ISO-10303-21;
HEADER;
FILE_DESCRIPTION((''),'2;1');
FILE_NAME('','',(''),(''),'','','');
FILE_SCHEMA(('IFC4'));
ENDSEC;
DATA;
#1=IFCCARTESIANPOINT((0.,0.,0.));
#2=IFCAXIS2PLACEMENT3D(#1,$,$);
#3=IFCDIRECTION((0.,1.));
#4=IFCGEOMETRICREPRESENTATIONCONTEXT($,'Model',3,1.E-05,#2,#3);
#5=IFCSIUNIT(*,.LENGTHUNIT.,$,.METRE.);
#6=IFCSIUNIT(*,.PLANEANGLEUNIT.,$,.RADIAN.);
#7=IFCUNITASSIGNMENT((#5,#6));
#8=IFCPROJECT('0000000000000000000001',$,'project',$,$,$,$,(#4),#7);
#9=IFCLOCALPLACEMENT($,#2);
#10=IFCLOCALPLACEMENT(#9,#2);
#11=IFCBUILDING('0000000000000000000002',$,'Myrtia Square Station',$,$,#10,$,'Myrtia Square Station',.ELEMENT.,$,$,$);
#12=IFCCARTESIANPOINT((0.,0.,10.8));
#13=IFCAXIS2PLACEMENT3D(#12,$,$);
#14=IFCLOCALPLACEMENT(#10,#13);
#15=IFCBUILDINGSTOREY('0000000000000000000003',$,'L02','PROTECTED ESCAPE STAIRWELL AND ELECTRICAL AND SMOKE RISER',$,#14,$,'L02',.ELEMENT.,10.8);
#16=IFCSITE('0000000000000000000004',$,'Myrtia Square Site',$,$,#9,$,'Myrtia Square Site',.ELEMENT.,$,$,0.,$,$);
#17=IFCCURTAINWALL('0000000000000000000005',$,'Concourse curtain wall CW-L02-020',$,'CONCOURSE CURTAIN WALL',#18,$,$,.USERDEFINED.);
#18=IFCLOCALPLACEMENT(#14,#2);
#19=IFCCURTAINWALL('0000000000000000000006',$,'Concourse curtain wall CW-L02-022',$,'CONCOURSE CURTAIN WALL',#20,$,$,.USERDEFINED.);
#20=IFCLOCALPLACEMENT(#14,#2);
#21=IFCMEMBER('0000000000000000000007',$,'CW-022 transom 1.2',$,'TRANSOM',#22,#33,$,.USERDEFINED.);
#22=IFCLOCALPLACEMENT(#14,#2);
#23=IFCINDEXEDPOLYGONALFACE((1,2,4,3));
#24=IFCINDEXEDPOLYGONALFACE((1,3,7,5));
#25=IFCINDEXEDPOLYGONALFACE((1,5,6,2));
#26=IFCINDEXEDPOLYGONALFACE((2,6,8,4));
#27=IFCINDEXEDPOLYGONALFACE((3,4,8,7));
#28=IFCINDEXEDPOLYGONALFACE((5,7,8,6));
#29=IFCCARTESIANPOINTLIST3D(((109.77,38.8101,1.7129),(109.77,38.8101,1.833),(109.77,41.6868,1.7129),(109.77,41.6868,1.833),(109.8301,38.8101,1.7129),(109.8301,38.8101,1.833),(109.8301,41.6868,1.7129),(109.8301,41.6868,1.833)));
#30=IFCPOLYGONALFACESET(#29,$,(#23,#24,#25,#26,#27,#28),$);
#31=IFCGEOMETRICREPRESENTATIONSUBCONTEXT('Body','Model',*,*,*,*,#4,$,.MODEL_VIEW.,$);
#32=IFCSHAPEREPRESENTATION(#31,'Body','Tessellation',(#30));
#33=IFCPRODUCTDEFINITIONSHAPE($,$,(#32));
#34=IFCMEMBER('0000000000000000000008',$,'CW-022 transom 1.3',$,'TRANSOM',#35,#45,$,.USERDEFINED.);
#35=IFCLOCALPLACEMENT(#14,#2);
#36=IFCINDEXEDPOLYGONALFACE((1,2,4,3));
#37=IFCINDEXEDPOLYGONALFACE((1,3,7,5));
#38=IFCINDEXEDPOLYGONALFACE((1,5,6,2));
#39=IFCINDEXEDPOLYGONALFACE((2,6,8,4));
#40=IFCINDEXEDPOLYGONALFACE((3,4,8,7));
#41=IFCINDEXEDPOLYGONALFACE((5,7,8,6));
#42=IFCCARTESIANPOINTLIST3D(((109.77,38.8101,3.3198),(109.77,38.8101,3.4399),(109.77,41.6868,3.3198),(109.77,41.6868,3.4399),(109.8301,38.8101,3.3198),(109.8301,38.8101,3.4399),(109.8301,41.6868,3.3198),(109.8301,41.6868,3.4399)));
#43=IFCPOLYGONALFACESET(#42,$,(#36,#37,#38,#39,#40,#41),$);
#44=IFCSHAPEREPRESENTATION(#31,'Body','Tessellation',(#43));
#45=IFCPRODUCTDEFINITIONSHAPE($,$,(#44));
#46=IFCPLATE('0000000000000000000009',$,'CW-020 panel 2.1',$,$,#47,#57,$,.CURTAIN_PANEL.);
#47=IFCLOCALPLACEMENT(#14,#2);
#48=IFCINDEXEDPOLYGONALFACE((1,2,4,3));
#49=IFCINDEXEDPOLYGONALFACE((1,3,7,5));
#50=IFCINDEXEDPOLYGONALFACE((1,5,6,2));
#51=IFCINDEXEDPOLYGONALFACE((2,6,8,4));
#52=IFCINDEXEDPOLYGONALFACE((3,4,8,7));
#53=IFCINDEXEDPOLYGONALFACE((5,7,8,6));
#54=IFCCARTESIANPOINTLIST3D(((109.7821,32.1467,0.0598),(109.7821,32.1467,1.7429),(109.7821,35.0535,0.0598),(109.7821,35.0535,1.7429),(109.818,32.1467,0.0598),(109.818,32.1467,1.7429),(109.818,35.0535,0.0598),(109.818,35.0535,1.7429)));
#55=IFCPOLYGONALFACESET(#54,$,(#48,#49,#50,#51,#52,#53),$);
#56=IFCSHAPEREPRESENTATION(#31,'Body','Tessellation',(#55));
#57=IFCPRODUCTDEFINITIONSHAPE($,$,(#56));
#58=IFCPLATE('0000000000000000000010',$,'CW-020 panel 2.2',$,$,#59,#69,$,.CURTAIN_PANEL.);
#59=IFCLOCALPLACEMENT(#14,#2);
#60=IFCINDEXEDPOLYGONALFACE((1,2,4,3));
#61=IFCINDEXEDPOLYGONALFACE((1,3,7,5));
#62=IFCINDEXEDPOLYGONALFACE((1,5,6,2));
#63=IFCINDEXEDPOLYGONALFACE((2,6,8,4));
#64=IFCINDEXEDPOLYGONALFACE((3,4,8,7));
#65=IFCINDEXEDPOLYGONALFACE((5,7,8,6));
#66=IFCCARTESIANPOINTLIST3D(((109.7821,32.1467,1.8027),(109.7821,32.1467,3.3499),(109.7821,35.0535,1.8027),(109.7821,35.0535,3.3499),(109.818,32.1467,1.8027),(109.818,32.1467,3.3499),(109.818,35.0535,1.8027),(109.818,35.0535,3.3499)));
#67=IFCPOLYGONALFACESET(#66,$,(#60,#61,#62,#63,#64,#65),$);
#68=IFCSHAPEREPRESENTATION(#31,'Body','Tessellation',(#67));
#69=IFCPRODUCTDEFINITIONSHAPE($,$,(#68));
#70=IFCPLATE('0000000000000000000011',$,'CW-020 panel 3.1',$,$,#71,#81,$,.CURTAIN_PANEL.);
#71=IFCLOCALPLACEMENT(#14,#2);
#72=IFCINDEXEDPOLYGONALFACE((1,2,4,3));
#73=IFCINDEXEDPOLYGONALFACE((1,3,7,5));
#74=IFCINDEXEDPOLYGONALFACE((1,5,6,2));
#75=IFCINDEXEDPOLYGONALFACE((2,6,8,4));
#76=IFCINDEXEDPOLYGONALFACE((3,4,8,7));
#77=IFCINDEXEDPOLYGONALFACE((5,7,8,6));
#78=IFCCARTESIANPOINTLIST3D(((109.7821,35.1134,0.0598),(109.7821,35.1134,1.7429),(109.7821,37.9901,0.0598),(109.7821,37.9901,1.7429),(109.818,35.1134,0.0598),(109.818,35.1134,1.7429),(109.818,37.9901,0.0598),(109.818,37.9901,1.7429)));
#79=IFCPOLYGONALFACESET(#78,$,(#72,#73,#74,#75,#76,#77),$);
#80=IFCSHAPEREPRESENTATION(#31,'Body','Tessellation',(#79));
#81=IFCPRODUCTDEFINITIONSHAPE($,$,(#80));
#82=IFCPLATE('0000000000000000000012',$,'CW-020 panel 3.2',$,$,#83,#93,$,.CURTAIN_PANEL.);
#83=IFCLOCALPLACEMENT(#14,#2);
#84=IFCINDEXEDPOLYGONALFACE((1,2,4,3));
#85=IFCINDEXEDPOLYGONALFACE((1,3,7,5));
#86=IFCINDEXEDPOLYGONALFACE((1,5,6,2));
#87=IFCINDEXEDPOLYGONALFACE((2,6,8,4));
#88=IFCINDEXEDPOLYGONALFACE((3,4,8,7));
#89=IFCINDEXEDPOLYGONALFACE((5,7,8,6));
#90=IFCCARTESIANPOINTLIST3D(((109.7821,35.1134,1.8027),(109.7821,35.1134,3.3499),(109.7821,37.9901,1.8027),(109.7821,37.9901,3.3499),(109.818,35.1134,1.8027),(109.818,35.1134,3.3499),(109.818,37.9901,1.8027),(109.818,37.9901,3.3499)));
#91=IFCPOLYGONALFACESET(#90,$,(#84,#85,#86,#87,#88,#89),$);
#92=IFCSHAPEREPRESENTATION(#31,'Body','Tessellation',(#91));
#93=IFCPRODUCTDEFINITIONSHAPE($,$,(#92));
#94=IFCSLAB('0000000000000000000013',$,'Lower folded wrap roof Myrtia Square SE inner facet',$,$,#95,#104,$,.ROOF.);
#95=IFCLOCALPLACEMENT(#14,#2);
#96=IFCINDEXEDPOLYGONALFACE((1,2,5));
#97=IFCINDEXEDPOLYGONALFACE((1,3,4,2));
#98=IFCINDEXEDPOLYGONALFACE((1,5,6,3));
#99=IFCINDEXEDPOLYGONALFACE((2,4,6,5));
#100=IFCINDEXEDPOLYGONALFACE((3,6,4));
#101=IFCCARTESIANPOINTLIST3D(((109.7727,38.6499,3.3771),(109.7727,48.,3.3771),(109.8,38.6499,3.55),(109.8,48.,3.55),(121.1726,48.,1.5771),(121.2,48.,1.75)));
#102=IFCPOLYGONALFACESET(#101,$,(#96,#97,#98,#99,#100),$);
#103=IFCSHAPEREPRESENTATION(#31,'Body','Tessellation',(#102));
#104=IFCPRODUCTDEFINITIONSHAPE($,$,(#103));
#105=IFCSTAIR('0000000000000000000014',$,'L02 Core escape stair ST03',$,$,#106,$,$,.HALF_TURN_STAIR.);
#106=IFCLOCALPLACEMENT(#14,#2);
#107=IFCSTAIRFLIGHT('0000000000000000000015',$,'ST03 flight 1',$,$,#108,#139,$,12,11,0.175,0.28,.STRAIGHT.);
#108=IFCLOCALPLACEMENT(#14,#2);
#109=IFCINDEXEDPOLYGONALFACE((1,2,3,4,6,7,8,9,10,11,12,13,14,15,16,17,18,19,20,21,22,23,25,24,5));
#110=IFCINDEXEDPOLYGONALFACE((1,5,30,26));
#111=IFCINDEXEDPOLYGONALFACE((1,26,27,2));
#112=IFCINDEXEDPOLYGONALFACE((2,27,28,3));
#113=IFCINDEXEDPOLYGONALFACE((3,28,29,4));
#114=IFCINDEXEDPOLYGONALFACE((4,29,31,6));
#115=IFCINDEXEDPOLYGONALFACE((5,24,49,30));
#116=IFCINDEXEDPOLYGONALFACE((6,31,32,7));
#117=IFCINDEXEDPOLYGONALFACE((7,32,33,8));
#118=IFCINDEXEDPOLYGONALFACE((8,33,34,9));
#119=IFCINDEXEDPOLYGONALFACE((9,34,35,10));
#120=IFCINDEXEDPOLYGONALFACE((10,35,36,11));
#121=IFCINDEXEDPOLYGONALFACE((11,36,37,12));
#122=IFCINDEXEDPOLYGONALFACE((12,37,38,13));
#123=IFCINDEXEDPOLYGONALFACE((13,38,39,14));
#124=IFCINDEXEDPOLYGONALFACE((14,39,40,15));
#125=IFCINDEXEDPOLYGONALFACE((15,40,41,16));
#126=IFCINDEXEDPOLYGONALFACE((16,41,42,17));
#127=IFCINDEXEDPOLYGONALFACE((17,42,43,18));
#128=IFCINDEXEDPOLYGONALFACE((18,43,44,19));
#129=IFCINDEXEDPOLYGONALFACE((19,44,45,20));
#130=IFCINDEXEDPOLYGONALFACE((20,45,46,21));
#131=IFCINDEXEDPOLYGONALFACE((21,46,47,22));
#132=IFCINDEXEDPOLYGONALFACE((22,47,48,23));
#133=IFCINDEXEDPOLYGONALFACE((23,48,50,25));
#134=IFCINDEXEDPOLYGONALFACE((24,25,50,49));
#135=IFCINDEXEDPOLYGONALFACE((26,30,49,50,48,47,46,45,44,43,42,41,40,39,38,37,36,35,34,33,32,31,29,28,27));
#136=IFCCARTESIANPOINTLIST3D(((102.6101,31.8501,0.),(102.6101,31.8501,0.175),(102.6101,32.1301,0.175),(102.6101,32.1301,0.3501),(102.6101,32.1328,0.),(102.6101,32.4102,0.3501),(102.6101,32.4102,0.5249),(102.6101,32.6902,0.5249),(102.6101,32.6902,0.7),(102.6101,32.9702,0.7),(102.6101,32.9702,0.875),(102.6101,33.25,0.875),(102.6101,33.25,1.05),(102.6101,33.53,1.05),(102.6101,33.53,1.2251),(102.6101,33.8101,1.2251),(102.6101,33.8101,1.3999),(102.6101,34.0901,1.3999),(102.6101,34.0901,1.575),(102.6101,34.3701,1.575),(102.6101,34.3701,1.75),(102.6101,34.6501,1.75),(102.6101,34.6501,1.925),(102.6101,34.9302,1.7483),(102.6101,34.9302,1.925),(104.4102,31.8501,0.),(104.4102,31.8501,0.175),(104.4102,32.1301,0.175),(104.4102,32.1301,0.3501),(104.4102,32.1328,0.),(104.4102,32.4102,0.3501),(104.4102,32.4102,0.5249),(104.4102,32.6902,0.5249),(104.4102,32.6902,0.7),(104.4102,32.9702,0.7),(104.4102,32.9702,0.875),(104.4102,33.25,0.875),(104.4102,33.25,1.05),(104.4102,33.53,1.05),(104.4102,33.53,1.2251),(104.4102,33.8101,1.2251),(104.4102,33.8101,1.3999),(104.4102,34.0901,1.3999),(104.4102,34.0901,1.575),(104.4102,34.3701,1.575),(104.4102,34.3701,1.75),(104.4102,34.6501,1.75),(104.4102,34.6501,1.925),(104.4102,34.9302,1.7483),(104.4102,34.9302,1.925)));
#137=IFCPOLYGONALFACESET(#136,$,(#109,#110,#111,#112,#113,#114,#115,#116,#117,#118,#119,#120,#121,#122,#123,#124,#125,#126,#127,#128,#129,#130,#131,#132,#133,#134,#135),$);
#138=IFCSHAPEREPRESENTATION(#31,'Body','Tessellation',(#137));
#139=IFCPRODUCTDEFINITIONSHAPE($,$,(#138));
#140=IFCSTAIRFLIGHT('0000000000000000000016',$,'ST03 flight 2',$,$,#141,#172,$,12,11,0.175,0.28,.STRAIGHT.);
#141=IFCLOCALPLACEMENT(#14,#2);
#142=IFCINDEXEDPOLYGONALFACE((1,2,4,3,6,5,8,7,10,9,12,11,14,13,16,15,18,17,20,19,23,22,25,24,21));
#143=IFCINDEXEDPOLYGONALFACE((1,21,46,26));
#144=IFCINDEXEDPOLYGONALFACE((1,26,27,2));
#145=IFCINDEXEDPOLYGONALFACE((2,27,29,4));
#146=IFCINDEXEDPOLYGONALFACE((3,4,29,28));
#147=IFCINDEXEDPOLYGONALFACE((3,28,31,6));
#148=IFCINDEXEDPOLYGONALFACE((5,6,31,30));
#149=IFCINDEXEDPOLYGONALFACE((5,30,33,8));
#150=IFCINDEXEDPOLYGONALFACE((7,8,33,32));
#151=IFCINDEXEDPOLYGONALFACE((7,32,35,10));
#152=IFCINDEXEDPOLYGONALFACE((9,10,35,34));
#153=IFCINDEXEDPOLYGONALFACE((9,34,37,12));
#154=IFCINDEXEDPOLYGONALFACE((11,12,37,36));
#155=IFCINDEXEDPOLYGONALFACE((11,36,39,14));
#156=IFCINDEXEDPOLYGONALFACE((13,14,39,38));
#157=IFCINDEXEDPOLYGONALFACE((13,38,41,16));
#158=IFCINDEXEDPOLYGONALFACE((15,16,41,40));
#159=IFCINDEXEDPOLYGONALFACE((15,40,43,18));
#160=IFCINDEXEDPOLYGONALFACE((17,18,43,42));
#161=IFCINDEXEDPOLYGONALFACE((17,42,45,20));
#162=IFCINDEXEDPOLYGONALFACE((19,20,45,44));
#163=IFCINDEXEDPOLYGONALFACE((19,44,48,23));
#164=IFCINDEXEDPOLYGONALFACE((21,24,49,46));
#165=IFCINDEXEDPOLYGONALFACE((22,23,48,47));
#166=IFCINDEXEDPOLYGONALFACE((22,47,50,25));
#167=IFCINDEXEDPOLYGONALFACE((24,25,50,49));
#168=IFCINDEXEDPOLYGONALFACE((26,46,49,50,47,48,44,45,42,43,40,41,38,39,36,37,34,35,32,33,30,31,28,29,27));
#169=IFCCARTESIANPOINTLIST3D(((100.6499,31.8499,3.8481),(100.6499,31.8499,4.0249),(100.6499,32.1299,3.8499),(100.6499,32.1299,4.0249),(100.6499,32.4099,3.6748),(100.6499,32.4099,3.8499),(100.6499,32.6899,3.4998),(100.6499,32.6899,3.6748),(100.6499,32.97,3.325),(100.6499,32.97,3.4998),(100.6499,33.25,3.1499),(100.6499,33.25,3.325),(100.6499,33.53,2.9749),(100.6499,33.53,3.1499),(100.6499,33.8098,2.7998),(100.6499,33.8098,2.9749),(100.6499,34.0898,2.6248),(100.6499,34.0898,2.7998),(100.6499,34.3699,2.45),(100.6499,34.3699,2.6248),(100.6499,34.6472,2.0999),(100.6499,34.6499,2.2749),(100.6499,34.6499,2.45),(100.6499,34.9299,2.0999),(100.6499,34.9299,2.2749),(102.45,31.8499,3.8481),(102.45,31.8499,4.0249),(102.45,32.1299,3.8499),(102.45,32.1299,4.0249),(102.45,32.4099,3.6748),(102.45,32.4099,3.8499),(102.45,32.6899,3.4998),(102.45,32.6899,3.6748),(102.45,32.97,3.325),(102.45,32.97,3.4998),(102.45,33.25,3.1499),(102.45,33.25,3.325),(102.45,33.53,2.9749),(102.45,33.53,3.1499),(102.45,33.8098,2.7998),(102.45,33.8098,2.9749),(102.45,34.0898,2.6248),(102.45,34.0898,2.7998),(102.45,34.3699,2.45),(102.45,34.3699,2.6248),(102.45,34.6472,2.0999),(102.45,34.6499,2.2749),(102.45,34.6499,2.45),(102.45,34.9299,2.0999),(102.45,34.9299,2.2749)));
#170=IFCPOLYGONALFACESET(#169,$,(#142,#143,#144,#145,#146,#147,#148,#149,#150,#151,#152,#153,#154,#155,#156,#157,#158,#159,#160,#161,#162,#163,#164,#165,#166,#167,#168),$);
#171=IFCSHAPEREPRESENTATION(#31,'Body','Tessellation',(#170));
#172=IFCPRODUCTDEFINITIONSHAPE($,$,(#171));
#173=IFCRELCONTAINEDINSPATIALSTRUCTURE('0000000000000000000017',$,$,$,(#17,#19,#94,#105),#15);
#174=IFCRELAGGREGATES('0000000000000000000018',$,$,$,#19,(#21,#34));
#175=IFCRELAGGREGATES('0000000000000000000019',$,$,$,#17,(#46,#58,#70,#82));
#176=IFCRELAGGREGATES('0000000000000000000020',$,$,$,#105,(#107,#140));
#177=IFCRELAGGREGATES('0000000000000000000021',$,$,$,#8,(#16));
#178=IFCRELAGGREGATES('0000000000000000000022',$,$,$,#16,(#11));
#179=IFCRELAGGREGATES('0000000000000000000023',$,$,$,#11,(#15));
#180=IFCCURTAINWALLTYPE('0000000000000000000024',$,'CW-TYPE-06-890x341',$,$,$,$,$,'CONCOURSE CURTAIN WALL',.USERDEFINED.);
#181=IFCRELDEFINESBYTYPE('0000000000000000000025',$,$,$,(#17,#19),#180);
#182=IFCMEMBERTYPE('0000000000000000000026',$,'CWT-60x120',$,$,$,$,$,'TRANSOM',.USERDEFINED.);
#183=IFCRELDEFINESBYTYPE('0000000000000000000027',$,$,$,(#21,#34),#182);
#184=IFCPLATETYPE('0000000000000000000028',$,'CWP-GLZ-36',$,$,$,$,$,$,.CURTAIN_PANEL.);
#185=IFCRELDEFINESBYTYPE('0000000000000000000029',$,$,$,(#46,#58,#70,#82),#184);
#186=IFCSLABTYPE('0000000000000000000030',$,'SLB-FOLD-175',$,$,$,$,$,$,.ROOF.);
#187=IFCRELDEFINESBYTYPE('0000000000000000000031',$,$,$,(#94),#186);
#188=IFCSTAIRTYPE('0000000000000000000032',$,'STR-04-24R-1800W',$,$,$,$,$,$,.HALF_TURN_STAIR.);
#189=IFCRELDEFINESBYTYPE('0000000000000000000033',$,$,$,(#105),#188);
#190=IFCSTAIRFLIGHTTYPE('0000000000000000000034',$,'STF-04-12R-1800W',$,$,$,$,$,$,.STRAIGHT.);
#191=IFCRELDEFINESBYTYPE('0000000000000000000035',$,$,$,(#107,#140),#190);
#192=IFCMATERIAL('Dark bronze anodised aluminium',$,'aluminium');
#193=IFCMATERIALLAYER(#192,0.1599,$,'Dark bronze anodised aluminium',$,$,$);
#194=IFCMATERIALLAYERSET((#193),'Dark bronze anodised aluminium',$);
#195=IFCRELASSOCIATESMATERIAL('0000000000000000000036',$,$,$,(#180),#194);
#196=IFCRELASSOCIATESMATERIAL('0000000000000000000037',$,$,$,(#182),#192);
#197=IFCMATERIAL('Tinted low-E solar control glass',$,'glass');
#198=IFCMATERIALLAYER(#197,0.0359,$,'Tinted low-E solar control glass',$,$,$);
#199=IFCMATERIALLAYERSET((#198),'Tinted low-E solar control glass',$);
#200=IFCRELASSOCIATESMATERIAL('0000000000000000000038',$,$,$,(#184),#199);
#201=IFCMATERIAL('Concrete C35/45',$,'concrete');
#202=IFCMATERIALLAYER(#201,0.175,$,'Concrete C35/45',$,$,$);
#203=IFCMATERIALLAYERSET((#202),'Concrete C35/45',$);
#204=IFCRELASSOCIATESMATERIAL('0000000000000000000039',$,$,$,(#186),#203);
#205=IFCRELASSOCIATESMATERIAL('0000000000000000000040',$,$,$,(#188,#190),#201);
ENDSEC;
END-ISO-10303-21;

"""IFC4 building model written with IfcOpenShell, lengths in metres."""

from ifc_helpers import new_model, si_unit, direction, frame, origin, origin_2d, place, context, subcontext, project, spatial, polyline, rectangle, outline, extrude, material, layer, layer_set, material_profile, profile_set, type_object, element, aggregate, save


model = new_model("IFC4")

# Units and contexts
model_context = context("Model", 3, precision=1e-05, world=origin(), true_north=direction((0.0, 1.0)))
body_context = subcontext(model_context, "Body", "Model", "MODEL_VIEW")
ifc_project = project(units=[si_unit("LENGTHUNIT", "METRE"), si_unit("PLANEANGLEUNIT", "RADIAN")], contexts=[model_context])

# Site, building, storey
site_placement = place(None, origin())
site = spatial("IfcSite", under=ifc_project, at=site_placement, Name="Myrtia Square Site", LongName="Myrtia Square Site", CompositionType="ELEMENT", RefElevation=0.0)
building_placement = place(site_placement, origin())
building = spatial("IfcBuilding", under=site, at=building_placement, Name="Myrtia Square Station", LongName="Myrtia Square Station", CompositionType="ELEMENT")
storey_placement = place(building_placement, frame((0.0, 0.0, 10.8)))
storey = spatial("IfcBuildingStorey", under=building, at=storey_placement, Name="L02", Description="PROTECTED ESCAPE STAIRWELL AND ELECTRICAL AND SMOKE RISER", LongName="L02", CompositionType="ELEMENT", Elevation=10.8)

# Curtain wall
ifc_material_1 = material(Name="Dark bronze anodised aluminium", Category="aluminium")
ifc_layer_1 = layer(ifc_material_1, 0.1599, Name="Dark bronze anodised aluminium")
ifc_layer_set_1 = layer_set([ifc_layer_1], Name="Dark bronze anodised aluminium")
curtain_wall_type = type_object("IfcCurtainWallType", Name="CW-TYPE-06-890x341", ElementType="CONCOURSE CURTAIN WALL", PredefinedType="USERDEFINED", material=ifc_layer_set_1)
curtain_wall_1_placement = place(storey_placement, origin())
curtain_wall_1 = element("IfcCurtainWall", 1, at=curtain_wall_1_placement, inside=storey, type_object=curtain_wall_type, Name="Concourse curtain wall CW-L02-020", ObjectType="CONCOURSE CURTAIN WALL", PredefinedType="USERDEFINED")

# Curtain wall
curtain_wall_2_placement = place(storey_placement, origin())
curtain_wall_2 = element("IfcCurtainWall", 2, at=curtain_wall_2_placement, inside=storey, type_object=curtain_wall_type, Name="Concourse curtain wall CW-L02-022", ObjectType="CONCOURSE CURTAIN WALL", PredefinedType="USERDEFINED")

# Members
ifc_material_profile_1 = material_profile(ifc_material_1, rectangle(XDim=0.0601, YDim=0.1201, at=origin_2d()), Name="ALU-T 60x120")
ifc_profile_set_1 = profile_set([ifc_material_profile_1], Name="Dark bronze anodised aluminium")
member_type_1 = type_object("IfcMemberType", Name="CWT-60x120", ElementType="TRANSOM", PredefinedType="USERDEFINED", material=ifc_profile_set_1)
member_1_placement = place(storey_placement, frame((109.8, 38.8101, 1.7729), z_axis=(0.0, 1.0, 0.0), x_axis=(-1.0, 0.0, 0.0)))
member_1 = element("IfcMember", 3, at=member_1_placement, type_object=member_type_1, Name="CW-022 transom 1.2", ObjectType="TRANSOM", PredefinedType="USERDEFINED", context=body_context, shape_type="SweptSolid", body=[
    extrude(rectangle(XDim=0.0601, YDim=0.1201, at=origin_2d()), origin(), (0.0, 0.0, 1.0), 2.8767),
])
member_2_placement = place(storey_placement, frame((109.8, 38.8101, 3.3799), z_axis=(0.0, 1.0, 0.0), x_axis=(-1.0, 0.0, 0.0)))
member_2 = element("IfcMember", 4, at=member_2_placement, type_object=member_type_1, Name="CW-022 transom 1.3", ObjectType="TRANSOM", PredefinedType="USERDEFINED", context=body_context, shape_type="SweptSolid", body=[
    extrude(rectangle(XDim=0.0601, YDim=0.1201, at=origin_2d()), origin(), (0.0, 0.0, 1.0), 2.8767),
])
aggregate(curtain_wall_2, [member_1, member_2])

# Plates
ifc_material_2 = material(Name="Tinted low-E solar control glass", Category="glass")
ifc_layer_2 = layer(ifc_material_2, 0.0359, Name="Tinted low-E solar control glass")
ifc_layer_set_2 = layer_set([ifc_layer_2], Name="Tinted low-E solar control glass")
plate_type = type_object("IfcPlateType", Name="CWP-GLZ-36", PredefinedType="CURTAIN_PANEL", material=ifc_layer_set_2)
plate_1_placement = place(storey_placement, frame((109.8, 33.6001, 0.0598), z_axis=(0.0, 0.0, 1.0), x_axis=(0.0, 1.0, 0.0)))
plate_1 = element("IfcPlate", 5, at=plate_1_placement, type_object=plate_type, Name="CW-020 panel 2.1", PredefinedType="CURTAIN_PANEL", context=body_context, shape_type="SweptSolid", body=[
    extrude(rectangle(XDim=2.9067, YDim=0.0359, at=origin_2d()), origin(), (0.0, 0.0, 1.0), 1.6831),
])
plate_2_placement = place(storey_placement, frame((109.8, 33.6001, 1.8027), z_axis=(0.0, 0.0, 1.0), x_axis=(0.0, 1.0, 0.0)))
plate_2 = element("IfcPlate", 6, at=plate_2_placement, type_object=plate_type, Name="CW-020 panel 2.2", PredefinedType="CURTAIN_PANEL", context=body_context, shape_type="SweptSolid", body=[
    extrude(rectangle(XDim=2.9067, YDim=0.0359, at=origin_2d()), origin(), (0.0, 0.0, 1.0), 1.5471),
])
plate_3_placement = place(storey_placement, frame((109.8, 36.5518, 0.0598), z_axis=(0.0, 0.0, 1.0), x_axis=(0.0, 1.0, 0.0)))
plate_3 = element("IfcPlate", 7, at=plate_3_placement, type_object=plate_type, Name="CW-020 panel 3.1", PredefinedType="CURTAIN_PANEL", context=body_context, shape_type="SweptSolid", body=[
    extrude(rectangle(XDim=2.8767, YDim=0.0359, at=origin_2d()), origin(), (0.0, 0.0, 1.0), 1.6831),
])
plate_4_placement = place(storey_placement, frame((109.8, 36.5518, 1.8027), z_axis=(0.0, 0.0, 1.0), x_axis=(0.0, 1.0, 0.0)))
plate_4 = element("IfcPlate", 8, at=plate_4_placement, type_object=plate_type, Name="CW-020 panel 3.2", PredefinedType="CURTAIN_PANEL", context=body_context, shape_type="SweptSolid", body=[
    extrude(rectangle(XDim=2.8767, YDim=0.0359, at=origin_2d()), origin(), (0.0, 0.0, 1.0), 1.5471),
])
aggregate(curtain_wall_1, [plate_1, plate_2, plate_3, plate_4])

# Slab
ifc_material_3 = material(Name="Concrete C35/45", Category="concrete")
ifc_layer_3 = layer(ifc_material_3, 0.175, Name="Concrete C35/45")
ifc_layer_set_3 = layer_set([ifc_layer_3], Name="Concrete C35/45")
slab_type = type_object("IfcSlabType", Name="SLB-FOLD-175", PredefinedType="ROOF", material=ifc_layer_set_3)
slab_placement = place(storey_placement, frame((109.8, 38.6499, 3.55), z_axis=(0.155968, 0.0, 0.987762), x_axis=(0.767497, 0.629494, -0.121188)))
element("IfcSlab", 9, at=slab_placement, inside=storey, type_object=slab_type, Name="Lower folded wrap roof Myrtia Square SE inner facet", PredefinedType="ROOF", context=body_context, shape_type="SweptSolid", body=[
    extrude(outline(polyline([(0.0, 0.0), (14.8534, 0.0), (5.8858, 7.2651), (0.0, 0.0)])), origin(), (0.0, 0.0, -1.0), 0.175),
])

# Stair, stair flights
stair_type = type_object("IfcStairType", Name="STR-04-24R-1800W", PredefinedType="HALF_TURN_STAIR", material=ifc_material_3)
stair_placement = place(storey_placement, origin())
stair = element("IfcStair", 10, at=stair_placement, inside=storey, type_object=stair_type, Name="L02 Core escape stair ST03", PredefinedType="HALF_TURN_STAIR")
stair_flight_type = type_object("IfcStairFlightType", Name="STF-04-12R-1800W", PredefinedType="STRAIGHT", material=ifc_material_3)
stair_flight_1_placement = place(storey_placement, frame((103.51, 31.8501, 0.0), z_axis=(0.0, 0.0, 1.0), x_axis=(0.0, 1.0, 0.0)))
stair_flight_1 = element("IfcStairFlight", 11, at=stair_flight_1_placement, type_object=stair_flight_type, Name="ST03 flight 1", NumberOfRisers=12, NumberOfTreads=11, PredefinedType="STRAIGHT", RiserHeight=0.175, TreadLength=0.28, context=body_context, shape_type="SweptSolid", body=[
    extrude(outline(polyline([(0.0, 0.0), (0.0, 0.175), (0.28, 0.175), (0.28, 0.3501), (0.5601, 0.3501), (0.5601, 0.5249), (0.8401, 0.5249), (0.8401, 0.7), (1.1201, 0.7), (1.1201, 0.875), (1.3999, 0.875), (1.3999, 1.05), (1.6799, 1.05), (1.6799, 1.2251), (1.96, 1.2251), (1.96, 1.3999), (2.24, 1.3999), (2.24, 1.575), (2.52, 1.575), (2.52, 1.75), (2.8, 1.75), (2.8, 1.925), (3.0801, 1.925), (3.0801, 2.1001), (3.0801, 1.7483), (0.2827, 0.0), (0.0, 0.0)])), frame((0.0, 0.8999, 0.0), z_axis=(0.0, -1.0, 0.0), x_axis=(1.0, 0.0, 0.0)), (0.0, 0.0, 1.0), 1.8),
])
stair_flight_2_placement = place(storey_placement, frame((101.55, 34.9299, 2.0999), z_axis=(0.0, 0.0, 1.0), x_axis=(0.0, -1.0, 0.0)))
stair_flight_2 = element("IfcStairFlight", 12, at=stair_flight_2_placement, type_object=stair_flight_type, Name="ST03 flight 2", NumberOfRisers=12, NumberOfTreads=11, PredefinedType="STRAIGHT", RiserHeight=0.175, TreadLength=0.28, context=body_context, shape_type="SweptSolid", body=[
    extrude(outline(polyline([(0.0, 0.0), (0.0, 0.175), (0.28, 0.175), (0.28, 0.3501), (0.5601, 0.3501), (0.5601, 0.5249), (0.8401, 0.5249), (0.8401, 0.7), (1.1201, 0.7), (1.1201, 0.875), (1.3999, 0.875), (1.3999, 1.05), (1.6799, 1.05), (1.6799, 1.2251), (1.96, 1.2251), (1.96, 1.3999), (2.24, 1.3999), (2.24, 1.575), (2.52, 1.575), (2.52, 1.75), (2.8, 1.75), (2.8, 1.925), (3.0801, 1.925), (3.0801, 2.1001), (3.0801, 1.7483), (0.2827, 0.0), (0.0, 0.0)])), frame((0.0, 0.8999, 0.0), z_axis=(0.0, -1.0, 0.0), x_axis=(1.0, 0.0, 0.0)), (0.0, 0.0, 1.0), 1.8),
])
aggregate(stair, [stair_flight_1, stair_flight_2])

save(model, "model.ifc")
